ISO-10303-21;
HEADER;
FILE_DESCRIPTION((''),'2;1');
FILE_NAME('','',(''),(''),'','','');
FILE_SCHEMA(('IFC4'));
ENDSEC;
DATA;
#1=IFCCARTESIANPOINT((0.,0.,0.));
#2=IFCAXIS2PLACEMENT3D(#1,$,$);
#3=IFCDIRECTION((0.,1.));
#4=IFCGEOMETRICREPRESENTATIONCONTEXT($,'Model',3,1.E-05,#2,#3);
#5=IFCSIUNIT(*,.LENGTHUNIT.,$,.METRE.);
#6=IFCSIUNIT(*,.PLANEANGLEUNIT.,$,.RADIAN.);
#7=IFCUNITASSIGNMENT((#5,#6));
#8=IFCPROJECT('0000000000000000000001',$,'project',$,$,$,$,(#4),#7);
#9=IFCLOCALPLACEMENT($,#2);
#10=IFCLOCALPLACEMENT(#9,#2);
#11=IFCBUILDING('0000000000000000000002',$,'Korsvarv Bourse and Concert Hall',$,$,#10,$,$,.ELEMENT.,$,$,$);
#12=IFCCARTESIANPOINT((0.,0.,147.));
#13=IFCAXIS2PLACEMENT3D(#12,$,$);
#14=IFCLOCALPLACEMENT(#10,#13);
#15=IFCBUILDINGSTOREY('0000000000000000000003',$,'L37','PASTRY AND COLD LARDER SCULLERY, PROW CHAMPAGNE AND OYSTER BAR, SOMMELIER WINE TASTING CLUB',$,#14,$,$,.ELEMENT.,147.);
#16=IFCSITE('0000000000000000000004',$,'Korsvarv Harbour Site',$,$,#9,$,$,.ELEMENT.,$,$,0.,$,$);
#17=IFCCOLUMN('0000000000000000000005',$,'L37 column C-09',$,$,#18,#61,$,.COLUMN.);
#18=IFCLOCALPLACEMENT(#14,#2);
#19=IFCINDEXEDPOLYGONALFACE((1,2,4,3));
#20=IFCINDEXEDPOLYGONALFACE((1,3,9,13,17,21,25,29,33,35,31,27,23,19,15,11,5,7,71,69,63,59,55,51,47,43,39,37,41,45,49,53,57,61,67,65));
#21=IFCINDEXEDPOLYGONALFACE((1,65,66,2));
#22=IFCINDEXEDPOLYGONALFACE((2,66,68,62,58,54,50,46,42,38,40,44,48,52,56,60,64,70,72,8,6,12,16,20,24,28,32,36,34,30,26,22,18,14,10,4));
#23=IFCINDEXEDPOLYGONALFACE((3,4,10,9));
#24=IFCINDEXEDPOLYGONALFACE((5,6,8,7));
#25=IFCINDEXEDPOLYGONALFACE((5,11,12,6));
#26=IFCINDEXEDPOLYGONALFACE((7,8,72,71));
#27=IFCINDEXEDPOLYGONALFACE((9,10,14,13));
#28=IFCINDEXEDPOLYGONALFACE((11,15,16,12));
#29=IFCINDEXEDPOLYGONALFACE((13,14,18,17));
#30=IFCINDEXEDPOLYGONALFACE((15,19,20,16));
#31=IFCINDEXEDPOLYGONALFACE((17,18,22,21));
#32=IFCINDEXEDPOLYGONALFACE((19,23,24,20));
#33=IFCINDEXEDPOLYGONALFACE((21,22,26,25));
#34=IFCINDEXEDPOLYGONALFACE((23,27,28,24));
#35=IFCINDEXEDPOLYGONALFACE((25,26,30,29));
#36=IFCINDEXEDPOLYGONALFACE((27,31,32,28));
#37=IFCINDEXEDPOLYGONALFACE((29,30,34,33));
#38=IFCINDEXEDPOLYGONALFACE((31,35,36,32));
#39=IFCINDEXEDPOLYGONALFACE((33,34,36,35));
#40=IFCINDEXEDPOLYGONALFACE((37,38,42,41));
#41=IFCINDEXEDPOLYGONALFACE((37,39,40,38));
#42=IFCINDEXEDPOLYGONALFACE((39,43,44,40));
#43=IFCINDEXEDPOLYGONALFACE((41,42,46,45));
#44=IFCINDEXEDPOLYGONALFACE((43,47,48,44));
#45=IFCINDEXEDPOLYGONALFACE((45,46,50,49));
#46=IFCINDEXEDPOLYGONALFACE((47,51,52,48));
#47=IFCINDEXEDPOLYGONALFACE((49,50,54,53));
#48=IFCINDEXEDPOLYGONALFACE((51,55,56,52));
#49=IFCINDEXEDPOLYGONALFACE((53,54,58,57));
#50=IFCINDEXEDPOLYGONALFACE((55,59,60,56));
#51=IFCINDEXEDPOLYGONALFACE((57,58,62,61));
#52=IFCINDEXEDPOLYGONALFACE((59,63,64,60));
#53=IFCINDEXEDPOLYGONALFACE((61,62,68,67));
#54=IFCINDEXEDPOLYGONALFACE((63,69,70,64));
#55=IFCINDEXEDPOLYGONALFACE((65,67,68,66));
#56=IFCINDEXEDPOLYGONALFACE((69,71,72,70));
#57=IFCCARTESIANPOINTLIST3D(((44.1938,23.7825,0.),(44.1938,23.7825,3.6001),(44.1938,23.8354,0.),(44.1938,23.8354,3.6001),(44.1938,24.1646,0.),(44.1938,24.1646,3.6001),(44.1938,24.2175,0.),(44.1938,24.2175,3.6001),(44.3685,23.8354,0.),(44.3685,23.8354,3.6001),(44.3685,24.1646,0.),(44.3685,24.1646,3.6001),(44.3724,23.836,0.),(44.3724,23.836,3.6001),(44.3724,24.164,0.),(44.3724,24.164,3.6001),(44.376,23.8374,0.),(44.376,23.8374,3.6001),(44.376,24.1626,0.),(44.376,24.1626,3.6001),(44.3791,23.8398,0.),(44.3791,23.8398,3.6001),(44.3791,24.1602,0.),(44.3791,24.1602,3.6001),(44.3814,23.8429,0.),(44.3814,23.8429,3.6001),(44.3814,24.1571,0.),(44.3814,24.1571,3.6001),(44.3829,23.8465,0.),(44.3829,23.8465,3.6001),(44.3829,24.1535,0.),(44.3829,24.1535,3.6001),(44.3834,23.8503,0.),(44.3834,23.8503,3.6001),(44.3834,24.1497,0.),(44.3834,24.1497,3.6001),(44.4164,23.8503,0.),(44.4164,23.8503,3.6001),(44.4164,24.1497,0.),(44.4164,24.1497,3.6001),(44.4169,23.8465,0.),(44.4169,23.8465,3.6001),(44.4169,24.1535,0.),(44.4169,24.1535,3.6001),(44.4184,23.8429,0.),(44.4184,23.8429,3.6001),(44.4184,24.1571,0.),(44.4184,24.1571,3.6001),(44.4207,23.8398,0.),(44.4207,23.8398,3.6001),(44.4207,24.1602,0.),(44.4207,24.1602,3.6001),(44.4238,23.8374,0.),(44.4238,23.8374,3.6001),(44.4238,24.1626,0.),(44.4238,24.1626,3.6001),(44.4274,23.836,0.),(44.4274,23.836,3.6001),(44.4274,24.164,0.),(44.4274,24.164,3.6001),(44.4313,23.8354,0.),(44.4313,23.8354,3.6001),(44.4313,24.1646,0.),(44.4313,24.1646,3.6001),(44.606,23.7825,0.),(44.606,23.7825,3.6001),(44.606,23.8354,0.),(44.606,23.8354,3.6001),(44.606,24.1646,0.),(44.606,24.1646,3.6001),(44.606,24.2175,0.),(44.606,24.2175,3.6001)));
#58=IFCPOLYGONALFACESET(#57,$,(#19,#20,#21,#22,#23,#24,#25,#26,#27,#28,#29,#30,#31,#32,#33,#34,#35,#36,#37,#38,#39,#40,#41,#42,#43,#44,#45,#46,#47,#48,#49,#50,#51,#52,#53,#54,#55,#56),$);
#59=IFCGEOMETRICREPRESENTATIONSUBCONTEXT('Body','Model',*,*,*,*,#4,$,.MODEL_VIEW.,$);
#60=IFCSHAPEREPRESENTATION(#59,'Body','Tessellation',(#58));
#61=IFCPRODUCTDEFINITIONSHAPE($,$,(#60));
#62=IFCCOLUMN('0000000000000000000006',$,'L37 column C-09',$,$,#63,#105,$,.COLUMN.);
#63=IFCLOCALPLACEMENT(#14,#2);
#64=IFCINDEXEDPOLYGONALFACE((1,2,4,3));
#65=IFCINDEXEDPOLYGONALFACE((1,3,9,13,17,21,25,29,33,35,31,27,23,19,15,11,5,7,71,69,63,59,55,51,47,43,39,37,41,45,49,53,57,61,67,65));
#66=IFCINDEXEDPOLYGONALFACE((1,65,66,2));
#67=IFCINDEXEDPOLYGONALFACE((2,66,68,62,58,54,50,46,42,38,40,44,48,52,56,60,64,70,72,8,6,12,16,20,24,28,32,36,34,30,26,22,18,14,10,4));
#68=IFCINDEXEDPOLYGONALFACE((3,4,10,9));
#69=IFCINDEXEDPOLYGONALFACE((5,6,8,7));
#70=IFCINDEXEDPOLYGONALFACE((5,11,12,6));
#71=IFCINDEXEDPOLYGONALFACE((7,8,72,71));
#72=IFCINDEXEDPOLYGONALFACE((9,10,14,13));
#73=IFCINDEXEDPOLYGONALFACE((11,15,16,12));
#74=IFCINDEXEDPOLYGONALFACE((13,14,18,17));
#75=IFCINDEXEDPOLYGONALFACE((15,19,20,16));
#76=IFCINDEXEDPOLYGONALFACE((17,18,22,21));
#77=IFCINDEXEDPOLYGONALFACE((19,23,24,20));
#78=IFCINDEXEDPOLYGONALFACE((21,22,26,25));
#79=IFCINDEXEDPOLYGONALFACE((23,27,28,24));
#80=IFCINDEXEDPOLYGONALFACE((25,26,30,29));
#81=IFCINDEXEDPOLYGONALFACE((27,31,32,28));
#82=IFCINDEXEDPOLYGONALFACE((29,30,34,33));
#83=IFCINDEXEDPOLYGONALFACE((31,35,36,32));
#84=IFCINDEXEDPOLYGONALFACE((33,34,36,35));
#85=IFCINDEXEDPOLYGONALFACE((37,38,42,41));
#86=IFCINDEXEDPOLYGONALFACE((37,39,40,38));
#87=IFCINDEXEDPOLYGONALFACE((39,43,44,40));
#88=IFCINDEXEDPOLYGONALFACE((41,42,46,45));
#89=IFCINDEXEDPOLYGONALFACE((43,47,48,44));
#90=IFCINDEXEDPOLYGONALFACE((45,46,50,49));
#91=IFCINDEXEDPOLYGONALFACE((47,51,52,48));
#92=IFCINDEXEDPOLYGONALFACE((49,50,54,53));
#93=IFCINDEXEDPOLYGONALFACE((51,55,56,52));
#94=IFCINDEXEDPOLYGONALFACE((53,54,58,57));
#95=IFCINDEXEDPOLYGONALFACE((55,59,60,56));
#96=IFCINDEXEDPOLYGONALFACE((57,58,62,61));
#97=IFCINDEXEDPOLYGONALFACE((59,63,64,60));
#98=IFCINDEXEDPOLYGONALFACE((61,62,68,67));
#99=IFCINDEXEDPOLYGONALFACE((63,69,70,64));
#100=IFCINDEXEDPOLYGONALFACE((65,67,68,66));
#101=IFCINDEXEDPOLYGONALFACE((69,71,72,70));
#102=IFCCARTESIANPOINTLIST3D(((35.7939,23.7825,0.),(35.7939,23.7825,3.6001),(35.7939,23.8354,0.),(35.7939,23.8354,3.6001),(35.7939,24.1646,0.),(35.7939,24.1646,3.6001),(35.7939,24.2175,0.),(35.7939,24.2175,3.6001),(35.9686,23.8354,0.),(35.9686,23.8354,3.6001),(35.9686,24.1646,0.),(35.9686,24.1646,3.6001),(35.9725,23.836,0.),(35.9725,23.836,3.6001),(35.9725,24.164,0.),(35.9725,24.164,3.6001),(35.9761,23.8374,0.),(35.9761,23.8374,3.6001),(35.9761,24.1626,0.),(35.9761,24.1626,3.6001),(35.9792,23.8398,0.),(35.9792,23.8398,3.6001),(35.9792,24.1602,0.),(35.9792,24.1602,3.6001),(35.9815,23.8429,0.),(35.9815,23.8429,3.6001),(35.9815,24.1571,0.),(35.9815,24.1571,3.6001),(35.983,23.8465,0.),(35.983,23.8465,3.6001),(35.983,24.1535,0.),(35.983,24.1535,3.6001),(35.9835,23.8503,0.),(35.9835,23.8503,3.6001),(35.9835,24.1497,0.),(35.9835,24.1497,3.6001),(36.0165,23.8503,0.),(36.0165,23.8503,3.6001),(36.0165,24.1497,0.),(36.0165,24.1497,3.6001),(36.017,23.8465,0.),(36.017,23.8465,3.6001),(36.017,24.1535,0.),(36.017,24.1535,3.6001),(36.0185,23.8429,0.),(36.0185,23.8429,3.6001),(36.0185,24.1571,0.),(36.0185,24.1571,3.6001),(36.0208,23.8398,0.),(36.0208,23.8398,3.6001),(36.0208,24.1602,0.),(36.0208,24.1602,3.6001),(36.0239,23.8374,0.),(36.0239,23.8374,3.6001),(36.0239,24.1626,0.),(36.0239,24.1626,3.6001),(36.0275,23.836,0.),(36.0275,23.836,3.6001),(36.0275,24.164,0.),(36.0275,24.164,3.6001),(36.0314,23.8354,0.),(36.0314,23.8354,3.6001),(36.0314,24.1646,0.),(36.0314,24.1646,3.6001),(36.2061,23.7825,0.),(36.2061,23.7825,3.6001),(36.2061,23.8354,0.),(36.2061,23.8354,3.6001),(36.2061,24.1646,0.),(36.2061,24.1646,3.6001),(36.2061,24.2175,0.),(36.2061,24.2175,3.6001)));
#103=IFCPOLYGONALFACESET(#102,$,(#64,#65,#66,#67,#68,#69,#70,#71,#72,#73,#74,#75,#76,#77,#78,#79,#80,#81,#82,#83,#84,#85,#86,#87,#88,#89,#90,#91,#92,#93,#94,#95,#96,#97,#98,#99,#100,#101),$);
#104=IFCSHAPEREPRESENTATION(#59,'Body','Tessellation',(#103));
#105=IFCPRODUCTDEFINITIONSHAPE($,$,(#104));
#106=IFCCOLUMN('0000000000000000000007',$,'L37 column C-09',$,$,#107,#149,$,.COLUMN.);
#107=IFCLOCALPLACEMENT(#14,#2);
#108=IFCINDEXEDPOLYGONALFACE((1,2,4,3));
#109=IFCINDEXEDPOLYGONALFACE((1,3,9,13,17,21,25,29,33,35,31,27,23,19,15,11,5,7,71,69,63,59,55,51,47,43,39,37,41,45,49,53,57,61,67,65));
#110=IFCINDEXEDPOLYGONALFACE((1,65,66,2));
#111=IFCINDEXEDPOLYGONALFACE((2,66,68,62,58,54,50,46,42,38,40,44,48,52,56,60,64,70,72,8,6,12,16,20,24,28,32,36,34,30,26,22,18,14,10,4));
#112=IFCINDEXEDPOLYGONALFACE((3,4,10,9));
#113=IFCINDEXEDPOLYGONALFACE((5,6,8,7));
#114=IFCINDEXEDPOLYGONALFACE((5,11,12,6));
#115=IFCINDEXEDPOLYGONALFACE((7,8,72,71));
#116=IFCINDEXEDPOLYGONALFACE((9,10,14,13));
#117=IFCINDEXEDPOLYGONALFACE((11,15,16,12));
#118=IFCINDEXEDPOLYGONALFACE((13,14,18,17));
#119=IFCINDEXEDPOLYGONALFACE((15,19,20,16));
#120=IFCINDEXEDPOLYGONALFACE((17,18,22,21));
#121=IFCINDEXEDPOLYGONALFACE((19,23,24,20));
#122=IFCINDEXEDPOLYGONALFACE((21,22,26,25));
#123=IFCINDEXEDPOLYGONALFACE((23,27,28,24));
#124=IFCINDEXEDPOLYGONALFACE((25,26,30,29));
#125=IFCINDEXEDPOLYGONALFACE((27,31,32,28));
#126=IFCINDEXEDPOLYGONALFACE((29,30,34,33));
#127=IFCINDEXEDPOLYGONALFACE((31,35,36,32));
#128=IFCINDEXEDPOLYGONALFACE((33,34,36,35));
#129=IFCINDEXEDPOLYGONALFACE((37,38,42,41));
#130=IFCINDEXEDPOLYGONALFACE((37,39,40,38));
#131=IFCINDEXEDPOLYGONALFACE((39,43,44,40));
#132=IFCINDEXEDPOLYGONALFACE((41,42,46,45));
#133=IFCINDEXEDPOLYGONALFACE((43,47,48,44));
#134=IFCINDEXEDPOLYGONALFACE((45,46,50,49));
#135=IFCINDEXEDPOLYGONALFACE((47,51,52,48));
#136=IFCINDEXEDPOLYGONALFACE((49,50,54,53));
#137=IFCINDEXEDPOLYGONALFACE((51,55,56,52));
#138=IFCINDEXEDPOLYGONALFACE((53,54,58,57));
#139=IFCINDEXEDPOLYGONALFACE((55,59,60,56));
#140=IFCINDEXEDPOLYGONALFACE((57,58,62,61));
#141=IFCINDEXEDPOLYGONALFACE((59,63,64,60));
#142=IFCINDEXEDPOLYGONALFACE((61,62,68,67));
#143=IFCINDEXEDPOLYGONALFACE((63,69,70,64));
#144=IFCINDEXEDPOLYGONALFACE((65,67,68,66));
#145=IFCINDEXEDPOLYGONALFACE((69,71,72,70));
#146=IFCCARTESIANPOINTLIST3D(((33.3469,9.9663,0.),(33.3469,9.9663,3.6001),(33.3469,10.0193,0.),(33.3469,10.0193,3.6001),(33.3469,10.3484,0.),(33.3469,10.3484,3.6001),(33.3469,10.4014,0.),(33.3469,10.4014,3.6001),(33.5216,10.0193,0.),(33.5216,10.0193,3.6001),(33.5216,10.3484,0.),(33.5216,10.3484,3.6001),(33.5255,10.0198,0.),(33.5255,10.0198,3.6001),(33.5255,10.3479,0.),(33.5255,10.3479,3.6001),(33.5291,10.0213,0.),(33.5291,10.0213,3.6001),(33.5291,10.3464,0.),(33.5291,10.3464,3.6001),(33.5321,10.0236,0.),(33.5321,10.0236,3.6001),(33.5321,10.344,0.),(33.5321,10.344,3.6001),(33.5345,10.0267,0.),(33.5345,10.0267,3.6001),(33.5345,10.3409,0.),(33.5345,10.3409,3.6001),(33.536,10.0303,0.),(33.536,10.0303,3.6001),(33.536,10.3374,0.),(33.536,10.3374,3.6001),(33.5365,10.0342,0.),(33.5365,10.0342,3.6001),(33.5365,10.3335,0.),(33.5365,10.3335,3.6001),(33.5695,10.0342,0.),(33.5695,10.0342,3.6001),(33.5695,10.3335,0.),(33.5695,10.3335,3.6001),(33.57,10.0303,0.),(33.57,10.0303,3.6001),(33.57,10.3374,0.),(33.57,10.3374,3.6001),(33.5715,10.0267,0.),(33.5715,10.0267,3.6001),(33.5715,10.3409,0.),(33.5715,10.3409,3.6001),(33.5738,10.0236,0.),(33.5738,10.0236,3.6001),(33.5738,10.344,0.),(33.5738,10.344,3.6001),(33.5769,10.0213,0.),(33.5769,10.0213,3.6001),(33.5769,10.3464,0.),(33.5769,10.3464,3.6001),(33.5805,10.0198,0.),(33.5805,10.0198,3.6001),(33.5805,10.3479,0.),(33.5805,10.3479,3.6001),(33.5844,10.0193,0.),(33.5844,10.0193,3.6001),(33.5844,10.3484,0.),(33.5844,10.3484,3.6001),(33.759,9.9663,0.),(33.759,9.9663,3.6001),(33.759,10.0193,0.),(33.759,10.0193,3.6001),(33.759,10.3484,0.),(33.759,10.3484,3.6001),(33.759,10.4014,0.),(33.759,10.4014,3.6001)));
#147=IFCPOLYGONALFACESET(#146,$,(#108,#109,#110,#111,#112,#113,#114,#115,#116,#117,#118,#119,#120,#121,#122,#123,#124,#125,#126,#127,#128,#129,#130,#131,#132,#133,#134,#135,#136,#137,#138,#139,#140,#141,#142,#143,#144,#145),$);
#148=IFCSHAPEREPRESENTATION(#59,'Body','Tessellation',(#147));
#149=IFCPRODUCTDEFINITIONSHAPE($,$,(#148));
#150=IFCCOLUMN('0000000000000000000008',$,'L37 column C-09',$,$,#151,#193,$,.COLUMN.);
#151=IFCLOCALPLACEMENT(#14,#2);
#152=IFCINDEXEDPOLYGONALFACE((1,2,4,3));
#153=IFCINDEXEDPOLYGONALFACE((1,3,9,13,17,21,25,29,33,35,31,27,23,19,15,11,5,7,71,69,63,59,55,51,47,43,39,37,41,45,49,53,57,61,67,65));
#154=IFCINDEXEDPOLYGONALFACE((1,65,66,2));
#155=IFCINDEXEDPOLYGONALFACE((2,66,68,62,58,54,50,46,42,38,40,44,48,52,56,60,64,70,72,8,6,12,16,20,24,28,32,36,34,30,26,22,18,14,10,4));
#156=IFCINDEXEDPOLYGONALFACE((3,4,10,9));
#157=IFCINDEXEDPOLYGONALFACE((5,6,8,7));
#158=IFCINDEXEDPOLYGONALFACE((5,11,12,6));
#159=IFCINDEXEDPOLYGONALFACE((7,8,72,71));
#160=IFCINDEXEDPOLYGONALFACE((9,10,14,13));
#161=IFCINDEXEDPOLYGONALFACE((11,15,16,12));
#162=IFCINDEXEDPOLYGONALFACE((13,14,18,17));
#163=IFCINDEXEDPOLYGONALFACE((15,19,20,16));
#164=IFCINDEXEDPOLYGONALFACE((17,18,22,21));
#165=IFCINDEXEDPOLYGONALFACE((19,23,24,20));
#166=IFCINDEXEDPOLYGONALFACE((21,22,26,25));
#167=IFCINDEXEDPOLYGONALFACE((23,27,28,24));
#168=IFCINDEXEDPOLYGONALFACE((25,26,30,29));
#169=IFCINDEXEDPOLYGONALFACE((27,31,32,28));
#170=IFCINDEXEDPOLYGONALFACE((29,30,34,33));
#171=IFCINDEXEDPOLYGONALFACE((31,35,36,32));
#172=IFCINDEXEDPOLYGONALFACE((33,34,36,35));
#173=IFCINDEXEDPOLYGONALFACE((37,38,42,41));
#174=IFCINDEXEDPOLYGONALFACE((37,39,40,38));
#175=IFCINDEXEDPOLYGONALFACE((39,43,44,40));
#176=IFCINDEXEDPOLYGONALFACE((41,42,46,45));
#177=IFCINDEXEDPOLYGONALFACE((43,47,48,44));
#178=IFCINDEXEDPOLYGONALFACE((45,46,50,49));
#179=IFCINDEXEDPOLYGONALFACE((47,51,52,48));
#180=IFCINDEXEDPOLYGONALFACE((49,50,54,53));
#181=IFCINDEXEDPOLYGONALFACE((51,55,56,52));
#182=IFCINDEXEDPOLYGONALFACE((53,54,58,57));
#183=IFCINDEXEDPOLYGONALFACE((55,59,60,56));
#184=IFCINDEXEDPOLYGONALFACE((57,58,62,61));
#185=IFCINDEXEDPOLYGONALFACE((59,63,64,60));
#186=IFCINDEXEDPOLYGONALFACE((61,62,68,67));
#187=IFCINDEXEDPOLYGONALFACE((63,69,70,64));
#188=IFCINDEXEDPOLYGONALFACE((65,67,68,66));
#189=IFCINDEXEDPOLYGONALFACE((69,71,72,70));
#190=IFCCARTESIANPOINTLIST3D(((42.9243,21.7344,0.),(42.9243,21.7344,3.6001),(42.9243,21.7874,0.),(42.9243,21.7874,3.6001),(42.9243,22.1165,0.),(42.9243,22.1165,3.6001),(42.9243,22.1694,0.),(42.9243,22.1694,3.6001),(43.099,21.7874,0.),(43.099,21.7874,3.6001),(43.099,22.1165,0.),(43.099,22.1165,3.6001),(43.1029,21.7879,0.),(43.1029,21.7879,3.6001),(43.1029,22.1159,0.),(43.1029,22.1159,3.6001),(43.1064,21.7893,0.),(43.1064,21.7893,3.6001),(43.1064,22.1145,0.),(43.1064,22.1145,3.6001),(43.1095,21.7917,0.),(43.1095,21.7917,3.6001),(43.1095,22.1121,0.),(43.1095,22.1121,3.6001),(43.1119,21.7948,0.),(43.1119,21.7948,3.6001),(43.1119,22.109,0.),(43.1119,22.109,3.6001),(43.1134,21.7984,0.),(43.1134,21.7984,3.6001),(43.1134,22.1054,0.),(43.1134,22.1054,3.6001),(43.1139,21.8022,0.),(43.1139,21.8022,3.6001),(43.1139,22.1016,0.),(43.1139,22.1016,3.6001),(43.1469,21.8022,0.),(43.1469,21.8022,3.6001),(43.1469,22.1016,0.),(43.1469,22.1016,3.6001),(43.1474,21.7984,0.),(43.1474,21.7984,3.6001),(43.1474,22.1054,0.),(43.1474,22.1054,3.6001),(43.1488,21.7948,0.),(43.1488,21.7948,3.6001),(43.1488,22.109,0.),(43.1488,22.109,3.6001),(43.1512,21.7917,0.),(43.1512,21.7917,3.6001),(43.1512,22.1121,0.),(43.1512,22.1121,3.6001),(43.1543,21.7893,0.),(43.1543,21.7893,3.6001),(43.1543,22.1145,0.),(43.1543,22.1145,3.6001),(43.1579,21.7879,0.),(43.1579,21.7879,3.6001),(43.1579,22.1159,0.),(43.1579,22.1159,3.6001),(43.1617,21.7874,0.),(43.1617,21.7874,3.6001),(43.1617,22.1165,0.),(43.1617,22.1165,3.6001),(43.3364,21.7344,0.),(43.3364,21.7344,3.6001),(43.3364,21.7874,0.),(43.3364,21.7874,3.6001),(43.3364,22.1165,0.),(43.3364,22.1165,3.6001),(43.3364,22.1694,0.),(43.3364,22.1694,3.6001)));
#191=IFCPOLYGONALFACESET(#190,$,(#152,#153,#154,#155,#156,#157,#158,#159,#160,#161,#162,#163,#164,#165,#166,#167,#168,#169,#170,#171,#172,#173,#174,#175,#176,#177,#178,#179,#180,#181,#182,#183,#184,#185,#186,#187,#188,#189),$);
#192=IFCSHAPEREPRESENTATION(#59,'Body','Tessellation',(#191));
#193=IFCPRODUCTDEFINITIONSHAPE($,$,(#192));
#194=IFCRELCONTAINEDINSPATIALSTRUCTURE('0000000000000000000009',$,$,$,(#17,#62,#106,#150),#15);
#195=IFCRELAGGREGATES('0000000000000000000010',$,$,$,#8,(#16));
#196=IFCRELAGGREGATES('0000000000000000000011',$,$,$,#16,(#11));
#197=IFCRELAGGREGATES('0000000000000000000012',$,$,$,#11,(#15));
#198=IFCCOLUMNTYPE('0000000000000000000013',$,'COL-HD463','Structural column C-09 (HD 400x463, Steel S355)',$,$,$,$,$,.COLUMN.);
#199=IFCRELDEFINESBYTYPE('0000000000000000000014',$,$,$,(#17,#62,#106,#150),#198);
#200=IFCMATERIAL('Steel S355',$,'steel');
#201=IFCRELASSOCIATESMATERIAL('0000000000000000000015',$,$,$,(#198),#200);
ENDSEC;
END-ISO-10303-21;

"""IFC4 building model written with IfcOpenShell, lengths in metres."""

from ifc_helpers import new_model, si_unit, direction, frame, origin, origin_2d, place, context, subcontext, project, spatial, i_section, extrude, source, transform, mapped, material, material_profile, profile_set, type_object, element, save


model = new_model("IFC4")

# Units and contexts
model_context = context("Model", 3, precision=1e-05, world=origin(), true_north=direction((0.0, 1.0)))
body_context = subcontext(model_context, "Body", "Model", "MODEL_VIEW")
ifc_project = project(units=[si_unit("LENGTHUNIT", "METRE"), si_unit("PLANEANGLEUNIT", "RADIAN")], contexts=[model_context])

# Site, building, storey
site_placement = place(None, origin())
site = spatial("IfcSite", under=ifc_project, at=site_placement, Name="Korsvarv Harbour Site", CompositionType="ELEMENT", RefElevation=0.0)
building_placement = place(site_placement, origin())
building = spatial("IfcBuilding", under=site, at=building_placement, Name="Korsvarv Bourse and Concert Hall", CompositionType="ELEMENT")
storey_placement = place(building_placement, frame((0.0, 0.0, 147.0)))
storey = spatial("IfcBuildingStorey", under=building, at=storey_placement, Name="L37", Description="PASTRY AND COLD LARDER SCULLERY, PROW CHAMPAGNE AND OYSTER BAR, SOMMELIER WINE TASTING CLUB", CompositionType="ELEMENT", Elevation=147.0)

# Columns
ifc_material_1 = material(Name="Steel S355", Category="steel")
ifc_material_profile_1 = material_profile(ifc_material_1, i_section(OverallWidth=0.4121, OverallDepth=0.4351, WebThickness=0.033, FlangeThickness=0.053, FilletRadius=0.0149, at=origin_2d()), Name="HD 400x463")
ifc_profile_set_1 = profile_set([ifc_material_profile_1], Name="Steel S355")
column_type = type_object("IfcColumnType", Name="COL-HD463", Description="Structural column C-09 (HD 400x463, Steel S355)", PredefinedType="COLUMN", material=ifc_profile_set_1)
shared_shape_1 = source(origin(), body_context, "Body", "SweptSolid", [
    extrude(i_section(OverallWidth=0.4121, OverallDepth=0.4351, WebThickness=0.033, FlangeThickness=0.053, FilletRadius=0.0149, at=origin_2d()), origin(), (0.0, 0.0, 1.0), 3.6001),
])
for number, where, z_axis, x_axis, name in (
    (1, (44.3999, 24.0, 0.0), (0.0, 0.0, 1.0), (1.0, 0.0, 0.0), "L37 column C-09"),
    (2, (36.0, 24.0, 0.0), (0.0, 0.0, 1.0), (1.0, 0.0, 0.0), "L37 column C-09"),
    (3, (33.553, 10.1838, 0.0), (0.0, 0.0, 1.0), (1.0, 0.0, 0.0), "L37 column C-09"),
    (4, (43.1304, 21.9519, 0.0), (0.0, 0.0, 1.0), (1.0, 0.0, 0.0), "L37 column C-09"),
):
    element("IfcColumn", number, at=place(storey_placement, frame(where, z_axis=z_axis, x_axis=x_axis)), inside=storey, type_object=column_type, Name=name, PredefinedType="COLUMN", context=body_context, shape_type="MappedRepresentation", body=[
        mapped(shared_shape_1, transform((0.0, 0.0, 0.0), scale=1.0)),
    ])

save(model, "model.ifc")
